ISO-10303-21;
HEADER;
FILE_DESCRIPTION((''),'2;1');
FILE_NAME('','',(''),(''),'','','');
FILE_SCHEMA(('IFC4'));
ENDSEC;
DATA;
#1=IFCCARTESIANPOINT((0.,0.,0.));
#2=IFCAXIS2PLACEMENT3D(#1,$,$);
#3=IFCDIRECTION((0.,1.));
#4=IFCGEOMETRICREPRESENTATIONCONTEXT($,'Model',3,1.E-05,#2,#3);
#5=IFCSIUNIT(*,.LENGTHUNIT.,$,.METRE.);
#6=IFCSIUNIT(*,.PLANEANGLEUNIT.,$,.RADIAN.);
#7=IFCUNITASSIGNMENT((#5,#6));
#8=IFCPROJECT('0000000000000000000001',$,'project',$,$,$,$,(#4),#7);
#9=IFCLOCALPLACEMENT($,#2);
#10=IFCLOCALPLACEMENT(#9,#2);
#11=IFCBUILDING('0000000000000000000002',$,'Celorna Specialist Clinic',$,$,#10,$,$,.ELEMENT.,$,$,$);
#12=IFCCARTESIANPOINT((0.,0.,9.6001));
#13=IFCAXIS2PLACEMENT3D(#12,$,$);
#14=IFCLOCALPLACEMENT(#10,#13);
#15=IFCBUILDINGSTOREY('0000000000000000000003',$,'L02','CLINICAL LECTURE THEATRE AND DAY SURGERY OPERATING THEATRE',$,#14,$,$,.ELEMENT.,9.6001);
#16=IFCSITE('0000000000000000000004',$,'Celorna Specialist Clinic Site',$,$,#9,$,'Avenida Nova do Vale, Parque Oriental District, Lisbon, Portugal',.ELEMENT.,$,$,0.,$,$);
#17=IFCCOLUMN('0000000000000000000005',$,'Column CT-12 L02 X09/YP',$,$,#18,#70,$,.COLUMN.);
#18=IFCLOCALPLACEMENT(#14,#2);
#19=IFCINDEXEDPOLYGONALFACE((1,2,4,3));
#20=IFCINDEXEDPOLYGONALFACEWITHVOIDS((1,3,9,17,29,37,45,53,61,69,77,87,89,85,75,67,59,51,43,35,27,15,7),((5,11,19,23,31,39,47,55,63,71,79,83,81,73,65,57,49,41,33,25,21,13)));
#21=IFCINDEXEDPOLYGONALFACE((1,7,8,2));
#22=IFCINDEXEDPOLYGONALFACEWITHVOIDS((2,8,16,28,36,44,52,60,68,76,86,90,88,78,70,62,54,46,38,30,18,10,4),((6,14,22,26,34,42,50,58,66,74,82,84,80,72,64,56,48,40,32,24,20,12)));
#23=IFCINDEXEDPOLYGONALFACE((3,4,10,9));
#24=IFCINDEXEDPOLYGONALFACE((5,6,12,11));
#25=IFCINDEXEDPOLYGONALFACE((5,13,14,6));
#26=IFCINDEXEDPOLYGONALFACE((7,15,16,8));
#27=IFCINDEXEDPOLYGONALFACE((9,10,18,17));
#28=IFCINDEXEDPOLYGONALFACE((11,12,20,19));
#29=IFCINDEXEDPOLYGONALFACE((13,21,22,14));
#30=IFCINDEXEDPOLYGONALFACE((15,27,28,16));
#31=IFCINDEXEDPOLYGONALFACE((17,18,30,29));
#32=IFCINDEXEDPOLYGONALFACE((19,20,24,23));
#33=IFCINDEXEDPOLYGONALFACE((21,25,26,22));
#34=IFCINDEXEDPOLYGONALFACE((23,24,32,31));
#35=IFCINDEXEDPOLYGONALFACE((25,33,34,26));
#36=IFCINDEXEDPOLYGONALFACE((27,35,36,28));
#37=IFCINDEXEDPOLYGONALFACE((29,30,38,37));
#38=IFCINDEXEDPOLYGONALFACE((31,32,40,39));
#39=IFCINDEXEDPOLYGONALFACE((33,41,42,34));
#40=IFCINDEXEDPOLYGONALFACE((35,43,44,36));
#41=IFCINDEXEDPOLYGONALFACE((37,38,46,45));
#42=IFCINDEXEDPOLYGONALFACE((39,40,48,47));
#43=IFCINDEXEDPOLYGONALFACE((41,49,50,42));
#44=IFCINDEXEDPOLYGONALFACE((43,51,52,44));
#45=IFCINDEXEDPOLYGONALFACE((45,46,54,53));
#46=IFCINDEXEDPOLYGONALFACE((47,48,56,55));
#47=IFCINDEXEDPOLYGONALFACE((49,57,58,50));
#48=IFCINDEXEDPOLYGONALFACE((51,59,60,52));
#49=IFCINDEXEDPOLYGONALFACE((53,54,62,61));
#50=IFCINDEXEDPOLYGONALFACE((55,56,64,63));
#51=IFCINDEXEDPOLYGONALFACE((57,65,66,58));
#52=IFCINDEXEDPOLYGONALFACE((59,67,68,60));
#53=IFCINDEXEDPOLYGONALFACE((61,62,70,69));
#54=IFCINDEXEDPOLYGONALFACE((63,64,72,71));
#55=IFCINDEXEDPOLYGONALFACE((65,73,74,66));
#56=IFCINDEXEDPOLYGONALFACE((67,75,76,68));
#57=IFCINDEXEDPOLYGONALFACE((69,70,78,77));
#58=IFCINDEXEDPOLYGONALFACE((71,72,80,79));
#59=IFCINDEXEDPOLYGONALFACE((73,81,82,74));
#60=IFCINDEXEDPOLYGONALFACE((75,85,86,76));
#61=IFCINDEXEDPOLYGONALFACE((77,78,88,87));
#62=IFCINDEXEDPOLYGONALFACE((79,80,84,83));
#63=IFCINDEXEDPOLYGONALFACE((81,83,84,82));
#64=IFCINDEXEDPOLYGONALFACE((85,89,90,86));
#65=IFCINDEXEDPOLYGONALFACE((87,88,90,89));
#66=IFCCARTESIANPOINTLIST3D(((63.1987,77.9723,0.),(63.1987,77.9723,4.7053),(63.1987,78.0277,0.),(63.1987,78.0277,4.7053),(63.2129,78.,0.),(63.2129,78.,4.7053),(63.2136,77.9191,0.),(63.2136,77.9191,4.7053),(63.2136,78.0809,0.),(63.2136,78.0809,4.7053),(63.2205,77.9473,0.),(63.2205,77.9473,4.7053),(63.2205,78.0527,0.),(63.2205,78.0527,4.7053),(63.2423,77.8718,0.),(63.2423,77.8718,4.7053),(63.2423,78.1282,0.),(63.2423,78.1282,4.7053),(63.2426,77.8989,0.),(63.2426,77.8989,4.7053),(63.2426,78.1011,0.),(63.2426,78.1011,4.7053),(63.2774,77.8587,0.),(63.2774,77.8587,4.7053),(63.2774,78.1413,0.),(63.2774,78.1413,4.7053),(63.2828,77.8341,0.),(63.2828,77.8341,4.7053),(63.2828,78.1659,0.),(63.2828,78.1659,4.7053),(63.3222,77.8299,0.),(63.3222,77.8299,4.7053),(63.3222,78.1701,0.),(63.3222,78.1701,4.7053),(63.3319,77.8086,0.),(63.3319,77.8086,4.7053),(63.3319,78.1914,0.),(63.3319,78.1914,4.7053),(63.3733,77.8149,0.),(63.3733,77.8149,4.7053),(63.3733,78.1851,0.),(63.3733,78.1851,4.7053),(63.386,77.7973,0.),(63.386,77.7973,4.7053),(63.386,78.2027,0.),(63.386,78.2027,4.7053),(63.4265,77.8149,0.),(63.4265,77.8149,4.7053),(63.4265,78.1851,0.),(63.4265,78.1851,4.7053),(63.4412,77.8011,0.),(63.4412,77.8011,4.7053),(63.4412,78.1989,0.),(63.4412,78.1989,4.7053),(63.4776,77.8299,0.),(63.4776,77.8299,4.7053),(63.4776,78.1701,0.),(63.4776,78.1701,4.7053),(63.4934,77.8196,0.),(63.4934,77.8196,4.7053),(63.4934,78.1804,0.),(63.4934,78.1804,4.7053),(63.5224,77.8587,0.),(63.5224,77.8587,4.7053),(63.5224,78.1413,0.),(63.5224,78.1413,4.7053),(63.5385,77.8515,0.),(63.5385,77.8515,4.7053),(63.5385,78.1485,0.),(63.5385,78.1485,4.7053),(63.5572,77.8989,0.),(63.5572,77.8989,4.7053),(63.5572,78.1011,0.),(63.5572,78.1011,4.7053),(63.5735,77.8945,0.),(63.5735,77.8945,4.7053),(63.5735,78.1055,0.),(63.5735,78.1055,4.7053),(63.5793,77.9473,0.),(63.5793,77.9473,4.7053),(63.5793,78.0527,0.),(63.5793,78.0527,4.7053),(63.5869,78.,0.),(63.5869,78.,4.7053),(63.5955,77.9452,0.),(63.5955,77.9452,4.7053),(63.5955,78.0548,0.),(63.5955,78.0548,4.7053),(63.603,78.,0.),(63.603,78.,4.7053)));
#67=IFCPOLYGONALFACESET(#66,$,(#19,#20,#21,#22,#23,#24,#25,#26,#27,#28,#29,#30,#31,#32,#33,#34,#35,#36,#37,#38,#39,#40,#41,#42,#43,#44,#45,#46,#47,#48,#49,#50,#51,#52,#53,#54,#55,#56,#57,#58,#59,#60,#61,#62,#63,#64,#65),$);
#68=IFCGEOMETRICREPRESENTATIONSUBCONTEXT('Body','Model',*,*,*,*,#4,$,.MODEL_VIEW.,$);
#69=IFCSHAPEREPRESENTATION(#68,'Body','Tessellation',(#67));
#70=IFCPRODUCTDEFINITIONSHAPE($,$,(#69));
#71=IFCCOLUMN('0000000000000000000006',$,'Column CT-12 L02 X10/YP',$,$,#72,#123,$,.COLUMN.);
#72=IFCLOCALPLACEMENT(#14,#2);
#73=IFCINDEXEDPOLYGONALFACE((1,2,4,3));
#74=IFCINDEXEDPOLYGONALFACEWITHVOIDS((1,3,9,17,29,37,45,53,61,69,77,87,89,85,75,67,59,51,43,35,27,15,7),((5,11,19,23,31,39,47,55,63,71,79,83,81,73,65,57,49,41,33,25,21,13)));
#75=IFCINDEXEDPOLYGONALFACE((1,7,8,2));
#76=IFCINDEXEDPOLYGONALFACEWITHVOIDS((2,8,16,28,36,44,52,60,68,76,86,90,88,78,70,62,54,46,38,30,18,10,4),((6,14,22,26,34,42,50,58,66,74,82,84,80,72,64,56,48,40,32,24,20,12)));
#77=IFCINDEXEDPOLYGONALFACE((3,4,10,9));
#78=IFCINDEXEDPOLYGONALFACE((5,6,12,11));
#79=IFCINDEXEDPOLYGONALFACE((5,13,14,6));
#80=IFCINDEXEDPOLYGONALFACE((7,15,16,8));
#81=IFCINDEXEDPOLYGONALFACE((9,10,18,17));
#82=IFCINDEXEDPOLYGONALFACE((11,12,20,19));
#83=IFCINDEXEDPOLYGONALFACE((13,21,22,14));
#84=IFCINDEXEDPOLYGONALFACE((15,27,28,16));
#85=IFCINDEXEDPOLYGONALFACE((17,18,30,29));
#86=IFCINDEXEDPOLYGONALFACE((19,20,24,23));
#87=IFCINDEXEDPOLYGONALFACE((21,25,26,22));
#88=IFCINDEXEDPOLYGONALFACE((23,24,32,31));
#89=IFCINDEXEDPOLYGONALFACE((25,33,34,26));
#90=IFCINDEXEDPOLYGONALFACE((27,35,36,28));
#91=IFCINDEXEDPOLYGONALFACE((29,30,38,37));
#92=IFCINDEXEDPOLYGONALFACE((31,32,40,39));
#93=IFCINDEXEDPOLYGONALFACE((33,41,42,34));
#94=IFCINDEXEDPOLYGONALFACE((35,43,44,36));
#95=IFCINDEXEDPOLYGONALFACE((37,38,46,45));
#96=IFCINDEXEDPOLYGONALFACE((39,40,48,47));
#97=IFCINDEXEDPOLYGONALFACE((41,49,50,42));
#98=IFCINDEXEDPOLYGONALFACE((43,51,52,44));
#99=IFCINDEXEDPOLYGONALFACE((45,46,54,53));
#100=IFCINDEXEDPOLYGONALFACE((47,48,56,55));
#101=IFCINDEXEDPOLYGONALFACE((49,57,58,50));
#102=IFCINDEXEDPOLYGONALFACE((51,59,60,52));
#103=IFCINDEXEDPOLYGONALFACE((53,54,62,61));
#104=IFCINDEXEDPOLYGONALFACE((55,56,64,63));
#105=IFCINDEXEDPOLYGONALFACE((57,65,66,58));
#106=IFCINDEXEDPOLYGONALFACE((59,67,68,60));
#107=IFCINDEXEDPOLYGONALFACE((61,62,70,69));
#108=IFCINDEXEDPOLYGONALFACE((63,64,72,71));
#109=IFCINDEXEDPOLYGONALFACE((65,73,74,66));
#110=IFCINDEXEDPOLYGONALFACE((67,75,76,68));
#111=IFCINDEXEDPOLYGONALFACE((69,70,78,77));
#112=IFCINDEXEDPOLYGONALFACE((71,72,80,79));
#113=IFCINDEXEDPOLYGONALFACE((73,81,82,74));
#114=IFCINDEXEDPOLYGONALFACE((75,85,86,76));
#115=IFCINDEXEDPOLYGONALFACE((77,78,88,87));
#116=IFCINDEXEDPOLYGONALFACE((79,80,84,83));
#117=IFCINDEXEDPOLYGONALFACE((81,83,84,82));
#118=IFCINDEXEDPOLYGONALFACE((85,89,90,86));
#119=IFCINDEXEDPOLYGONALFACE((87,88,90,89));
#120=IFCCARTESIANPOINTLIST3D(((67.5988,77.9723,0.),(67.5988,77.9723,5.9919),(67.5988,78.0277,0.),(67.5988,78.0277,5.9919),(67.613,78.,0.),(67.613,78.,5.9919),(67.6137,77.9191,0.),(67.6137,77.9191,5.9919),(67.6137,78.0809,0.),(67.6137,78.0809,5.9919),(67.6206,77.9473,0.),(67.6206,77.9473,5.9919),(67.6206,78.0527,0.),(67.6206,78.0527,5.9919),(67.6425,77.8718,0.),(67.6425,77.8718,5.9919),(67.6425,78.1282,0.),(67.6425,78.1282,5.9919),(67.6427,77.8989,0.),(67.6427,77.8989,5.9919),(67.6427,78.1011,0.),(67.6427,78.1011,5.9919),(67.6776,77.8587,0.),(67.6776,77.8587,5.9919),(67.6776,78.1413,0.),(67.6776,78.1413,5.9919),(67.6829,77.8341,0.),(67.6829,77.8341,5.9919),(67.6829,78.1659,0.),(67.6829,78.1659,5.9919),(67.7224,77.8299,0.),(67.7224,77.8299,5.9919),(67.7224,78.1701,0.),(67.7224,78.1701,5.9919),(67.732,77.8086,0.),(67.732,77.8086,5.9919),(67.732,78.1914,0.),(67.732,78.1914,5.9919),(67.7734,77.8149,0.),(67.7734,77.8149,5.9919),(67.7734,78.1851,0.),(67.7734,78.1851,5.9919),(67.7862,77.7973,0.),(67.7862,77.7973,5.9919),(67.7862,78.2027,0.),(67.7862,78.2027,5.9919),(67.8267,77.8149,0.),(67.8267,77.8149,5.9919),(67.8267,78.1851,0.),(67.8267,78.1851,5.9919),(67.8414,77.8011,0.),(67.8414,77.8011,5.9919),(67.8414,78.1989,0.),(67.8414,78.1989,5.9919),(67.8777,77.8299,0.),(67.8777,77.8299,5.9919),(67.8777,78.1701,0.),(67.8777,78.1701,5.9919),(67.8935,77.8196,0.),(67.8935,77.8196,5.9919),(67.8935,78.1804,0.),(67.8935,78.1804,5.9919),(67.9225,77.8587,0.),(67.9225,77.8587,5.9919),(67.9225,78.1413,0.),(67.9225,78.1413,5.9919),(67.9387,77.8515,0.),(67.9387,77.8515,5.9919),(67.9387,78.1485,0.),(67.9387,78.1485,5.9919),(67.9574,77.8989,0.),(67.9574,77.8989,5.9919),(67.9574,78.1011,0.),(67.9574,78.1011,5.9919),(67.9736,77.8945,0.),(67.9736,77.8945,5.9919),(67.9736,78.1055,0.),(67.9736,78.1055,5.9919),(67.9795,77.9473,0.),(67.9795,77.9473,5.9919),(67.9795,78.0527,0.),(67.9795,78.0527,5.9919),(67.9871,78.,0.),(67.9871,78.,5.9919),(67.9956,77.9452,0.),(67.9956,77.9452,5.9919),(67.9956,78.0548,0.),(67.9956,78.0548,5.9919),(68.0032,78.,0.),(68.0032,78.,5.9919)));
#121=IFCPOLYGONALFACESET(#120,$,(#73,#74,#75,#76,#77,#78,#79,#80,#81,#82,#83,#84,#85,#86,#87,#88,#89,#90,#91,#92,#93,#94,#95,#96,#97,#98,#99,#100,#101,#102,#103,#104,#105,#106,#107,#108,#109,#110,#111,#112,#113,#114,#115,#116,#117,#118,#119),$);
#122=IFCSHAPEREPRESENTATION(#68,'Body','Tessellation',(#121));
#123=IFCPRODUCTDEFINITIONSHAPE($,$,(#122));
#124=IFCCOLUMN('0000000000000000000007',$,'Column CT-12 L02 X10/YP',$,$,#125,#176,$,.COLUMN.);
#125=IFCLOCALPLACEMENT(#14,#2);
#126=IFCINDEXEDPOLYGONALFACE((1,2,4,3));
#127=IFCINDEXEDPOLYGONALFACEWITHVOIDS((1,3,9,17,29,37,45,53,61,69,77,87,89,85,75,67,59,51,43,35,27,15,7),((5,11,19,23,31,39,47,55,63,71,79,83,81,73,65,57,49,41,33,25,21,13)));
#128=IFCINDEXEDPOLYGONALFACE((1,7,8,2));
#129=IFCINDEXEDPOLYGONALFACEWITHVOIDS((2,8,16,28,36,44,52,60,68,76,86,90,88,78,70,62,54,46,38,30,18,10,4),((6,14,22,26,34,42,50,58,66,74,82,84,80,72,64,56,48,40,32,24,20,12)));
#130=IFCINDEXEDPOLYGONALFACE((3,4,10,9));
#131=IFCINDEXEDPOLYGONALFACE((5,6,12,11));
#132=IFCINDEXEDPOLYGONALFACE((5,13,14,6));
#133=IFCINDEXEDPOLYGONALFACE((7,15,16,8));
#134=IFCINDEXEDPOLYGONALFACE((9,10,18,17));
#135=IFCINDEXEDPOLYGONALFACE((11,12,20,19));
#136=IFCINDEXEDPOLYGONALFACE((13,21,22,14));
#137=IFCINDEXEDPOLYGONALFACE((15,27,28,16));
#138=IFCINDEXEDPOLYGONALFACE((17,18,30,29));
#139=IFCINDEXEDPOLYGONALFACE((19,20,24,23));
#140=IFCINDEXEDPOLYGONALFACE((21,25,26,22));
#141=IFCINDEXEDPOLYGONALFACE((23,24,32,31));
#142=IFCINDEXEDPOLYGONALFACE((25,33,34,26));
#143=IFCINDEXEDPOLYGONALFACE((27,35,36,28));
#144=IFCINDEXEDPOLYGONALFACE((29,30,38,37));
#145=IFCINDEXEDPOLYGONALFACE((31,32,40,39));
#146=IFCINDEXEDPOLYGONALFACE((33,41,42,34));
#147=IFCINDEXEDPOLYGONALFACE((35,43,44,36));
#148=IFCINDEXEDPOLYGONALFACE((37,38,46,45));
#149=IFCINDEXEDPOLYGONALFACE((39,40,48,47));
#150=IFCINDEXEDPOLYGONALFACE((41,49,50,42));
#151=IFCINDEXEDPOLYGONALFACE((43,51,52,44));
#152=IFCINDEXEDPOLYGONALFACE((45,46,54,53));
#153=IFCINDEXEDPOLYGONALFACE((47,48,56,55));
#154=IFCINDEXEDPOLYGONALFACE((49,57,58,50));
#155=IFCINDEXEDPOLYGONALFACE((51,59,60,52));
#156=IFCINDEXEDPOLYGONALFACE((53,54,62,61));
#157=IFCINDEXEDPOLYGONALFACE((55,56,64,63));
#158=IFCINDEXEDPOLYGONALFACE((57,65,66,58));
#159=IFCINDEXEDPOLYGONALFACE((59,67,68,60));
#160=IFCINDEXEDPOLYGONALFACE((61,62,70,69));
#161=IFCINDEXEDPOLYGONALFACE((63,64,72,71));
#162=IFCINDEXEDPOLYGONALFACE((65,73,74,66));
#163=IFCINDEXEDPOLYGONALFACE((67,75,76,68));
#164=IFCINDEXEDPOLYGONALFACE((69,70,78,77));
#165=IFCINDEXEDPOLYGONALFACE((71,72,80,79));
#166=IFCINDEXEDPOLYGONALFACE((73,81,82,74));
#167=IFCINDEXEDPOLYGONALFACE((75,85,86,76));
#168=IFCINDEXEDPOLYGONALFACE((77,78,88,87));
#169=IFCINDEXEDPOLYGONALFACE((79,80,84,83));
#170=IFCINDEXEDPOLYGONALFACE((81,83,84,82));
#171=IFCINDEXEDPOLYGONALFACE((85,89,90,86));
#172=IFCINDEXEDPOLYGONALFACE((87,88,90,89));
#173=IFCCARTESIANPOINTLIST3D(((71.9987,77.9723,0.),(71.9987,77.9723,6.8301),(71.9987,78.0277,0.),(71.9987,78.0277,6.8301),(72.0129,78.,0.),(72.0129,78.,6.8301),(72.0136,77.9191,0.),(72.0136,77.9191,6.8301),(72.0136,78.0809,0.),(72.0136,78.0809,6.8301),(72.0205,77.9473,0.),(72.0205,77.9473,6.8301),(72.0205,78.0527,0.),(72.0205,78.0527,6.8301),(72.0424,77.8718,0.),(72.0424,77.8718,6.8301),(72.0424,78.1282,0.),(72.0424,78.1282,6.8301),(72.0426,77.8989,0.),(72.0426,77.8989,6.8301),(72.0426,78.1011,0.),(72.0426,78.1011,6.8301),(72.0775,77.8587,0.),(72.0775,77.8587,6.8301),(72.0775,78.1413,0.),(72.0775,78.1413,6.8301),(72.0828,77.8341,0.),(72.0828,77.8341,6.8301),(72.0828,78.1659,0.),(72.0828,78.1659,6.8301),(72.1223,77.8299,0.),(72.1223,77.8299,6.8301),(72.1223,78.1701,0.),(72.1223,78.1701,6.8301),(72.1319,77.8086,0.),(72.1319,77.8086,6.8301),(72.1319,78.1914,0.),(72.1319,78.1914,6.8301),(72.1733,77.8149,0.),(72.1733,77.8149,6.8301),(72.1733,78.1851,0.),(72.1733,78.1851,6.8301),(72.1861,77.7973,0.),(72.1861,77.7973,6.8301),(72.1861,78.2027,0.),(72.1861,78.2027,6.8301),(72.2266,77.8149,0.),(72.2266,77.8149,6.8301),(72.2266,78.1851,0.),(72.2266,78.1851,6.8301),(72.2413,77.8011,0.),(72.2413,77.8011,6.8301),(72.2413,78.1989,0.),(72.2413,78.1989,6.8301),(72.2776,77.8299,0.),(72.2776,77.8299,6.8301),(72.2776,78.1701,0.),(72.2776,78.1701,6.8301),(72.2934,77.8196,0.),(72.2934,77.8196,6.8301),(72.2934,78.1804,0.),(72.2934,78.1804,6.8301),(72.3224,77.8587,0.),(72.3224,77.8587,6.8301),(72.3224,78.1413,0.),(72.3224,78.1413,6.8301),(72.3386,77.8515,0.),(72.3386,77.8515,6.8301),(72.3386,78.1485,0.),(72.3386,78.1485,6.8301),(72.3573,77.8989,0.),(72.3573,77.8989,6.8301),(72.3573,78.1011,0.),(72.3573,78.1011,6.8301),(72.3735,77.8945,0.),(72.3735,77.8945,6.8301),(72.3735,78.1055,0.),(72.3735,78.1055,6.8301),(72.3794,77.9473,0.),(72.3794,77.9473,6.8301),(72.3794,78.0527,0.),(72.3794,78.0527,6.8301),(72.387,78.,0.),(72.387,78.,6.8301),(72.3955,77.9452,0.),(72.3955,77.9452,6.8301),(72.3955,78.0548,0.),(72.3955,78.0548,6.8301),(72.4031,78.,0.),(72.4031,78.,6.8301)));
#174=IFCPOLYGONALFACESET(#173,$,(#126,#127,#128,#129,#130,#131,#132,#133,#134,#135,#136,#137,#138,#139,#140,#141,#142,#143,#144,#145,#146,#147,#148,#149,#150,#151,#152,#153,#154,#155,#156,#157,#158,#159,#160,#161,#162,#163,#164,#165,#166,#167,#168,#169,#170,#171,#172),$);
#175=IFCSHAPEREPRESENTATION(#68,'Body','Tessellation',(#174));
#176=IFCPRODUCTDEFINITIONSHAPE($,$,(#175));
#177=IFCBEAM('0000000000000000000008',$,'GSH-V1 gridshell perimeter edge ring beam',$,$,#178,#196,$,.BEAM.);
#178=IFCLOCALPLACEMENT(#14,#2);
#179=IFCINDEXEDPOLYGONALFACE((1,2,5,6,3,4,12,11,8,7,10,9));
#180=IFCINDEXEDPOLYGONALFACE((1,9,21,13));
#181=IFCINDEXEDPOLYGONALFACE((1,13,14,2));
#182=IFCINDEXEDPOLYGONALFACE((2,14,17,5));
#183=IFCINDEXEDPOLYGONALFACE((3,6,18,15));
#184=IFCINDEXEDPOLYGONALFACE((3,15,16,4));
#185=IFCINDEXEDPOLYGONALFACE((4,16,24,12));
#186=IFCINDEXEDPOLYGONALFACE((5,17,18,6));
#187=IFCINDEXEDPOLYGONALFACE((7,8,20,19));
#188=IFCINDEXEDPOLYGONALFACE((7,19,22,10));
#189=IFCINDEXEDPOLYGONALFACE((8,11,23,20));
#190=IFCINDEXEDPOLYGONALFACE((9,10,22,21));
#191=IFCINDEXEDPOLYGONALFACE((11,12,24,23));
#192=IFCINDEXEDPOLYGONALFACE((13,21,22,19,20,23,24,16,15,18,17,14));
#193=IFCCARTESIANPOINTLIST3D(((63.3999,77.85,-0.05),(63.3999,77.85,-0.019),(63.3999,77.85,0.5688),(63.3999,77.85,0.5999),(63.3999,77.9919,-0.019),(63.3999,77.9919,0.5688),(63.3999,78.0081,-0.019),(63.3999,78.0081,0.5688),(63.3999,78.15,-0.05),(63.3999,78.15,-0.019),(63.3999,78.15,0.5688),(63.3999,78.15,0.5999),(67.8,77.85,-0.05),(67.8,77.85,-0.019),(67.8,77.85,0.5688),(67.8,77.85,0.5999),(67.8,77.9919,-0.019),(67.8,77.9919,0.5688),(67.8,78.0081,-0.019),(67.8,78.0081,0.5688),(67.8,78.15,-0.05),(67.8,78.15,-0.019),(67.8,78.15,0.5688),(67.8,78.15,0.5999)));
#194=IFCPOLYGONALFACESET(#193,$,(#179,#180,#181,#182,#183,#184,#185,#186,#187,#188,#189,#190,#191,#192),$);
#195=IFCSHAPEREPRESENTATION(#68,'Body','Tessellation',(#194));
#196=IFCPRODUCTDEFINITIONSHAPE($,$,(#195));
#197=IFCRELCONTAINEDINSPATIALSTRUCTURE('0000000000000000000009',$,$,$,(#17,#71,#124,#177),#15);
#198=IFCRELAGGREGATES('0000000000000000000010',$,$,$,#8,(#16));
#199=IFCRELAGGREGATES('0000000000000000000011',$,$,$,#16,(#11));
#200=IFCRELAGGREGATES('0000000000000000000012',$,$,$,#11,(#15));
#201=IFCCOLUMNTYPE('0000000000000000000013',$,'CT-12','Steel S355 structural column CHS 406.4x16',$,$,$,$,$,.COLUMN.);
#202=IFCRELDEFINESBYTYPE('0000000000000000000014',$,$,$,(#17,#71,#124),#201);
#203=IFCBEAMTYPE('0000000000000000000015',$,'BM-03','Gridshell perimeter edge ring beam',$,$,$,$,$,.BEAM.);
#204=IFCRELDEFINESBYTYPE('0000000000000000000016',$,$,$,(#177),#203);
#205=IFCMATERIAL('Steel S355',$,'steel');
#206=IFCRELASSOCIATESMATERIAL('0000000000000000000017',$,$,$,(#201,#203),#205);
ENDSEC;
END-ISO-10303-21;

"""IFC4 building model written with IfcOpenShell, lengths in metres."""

from ifc_helpers import new_model, si_unit, direction, frame, origin, origin_2d, place, context, subcontext, project, spatial, hollow_circle, i_section, extrude, material, material_profile, profile_set, type_object, element, save


model = new_model("IFC4")

# Units and contexts
model_context = context("Model", 3, precision=1e-05, world=origin(), true_north=direction((0.0, 1.0)))
body_context = subcontext(model_context, "Body", "Model", "MODEL_VIEW")
ifc_project = project(units=[si_unit("LENGTHUNIT", "METRE"), si_unit("PLANEANGLEUNIT", "RADIAN")], contexts=[model_context])

# Site, building, storey
site_placement = place(None, origin())
site = spatial("IfcSite", under=ifc_project, at=site_placement, Name="Celorna Specialist Clinic Site", LongName="Avenida Nova do Vale, Parque Oriental District, Lisbon, Portugal", CompositionType="ELEMENT", RefElevation=0.0)
building_placement = place(site_placement, origin())
building = spatial("IfcBuilding", under=site, at=building_placement, Name="Celorna Specialist Clinic", CompositionType="ELEMENT")
storey_placement = place(building_placement, frame((0.0, 0.0, 9.6001)))
storey = spatial("IfcBuildingStorey", under=building, at=storey_placement, Name="L02", Description="CLINICAL LECTURE THEATRE AND DAY SURGERY OPERATING THEATRE", CompositionType="ELEMENT", Elevation=9.6001)

# Columns
ifc_material_1 = material(Name="Steel S355", Category="steel")
ifc_material_profile_1 = material_profile(ifc_material_1, hollow_circle(Radius=0.2031, WallThickness=0.0161, at=origin_2d()), Name="CHS 406.4x16")
ifc_profile_set_1 = profile_set([ifc_material_profile_1], Name="Steel S355")
column_type = type_object("IfcColumnType", Name="CT-12", Description="Steel S355 structural column CHS 406.4x16", PredefinedType="COLUMN", material=ifc_profile_set_1)
column_1_placement = place(storey_placement, frame((63.3999, 78.0, 0.0), z_axis=(0.0, 0.0, 1.0), x_axis=(1.0, 0.0, 0.0)))
element("IfcColumn", 1, at=column_1_placement, inside=storey, type_object=column_type, Name="Column CT-12 L02 X09/YP", PredefinedType="COLUMN", context=body_context, shape_type="SweptSolid", body=[
    extrude(hollow_circle(Radius=0.2031, WallThickness=0.0161, at=origin_2d()), origin(), (0.0, 0.0, 1.0), 4.7053),
])
column_2_placement = place(storey_placement, frame((67.8, 78.0, 0.0), z_axis=(0.0, 0.0, 1.0), x_axis=(1.0, 0.0, 0.0)))
element("IfcColumn", 2, at=column_2_placement, inside=storey, type_object=column_type, Name="Column CT-12 L02 X10/YP", PredefinedType="COLUMN", context=body_context, shape_type="SweptSolid", body=[
    extrude(hollow_circle(Radius=0.2031, WallThickness=0.0161, at=origin_2d()), origin(), (0.0, 0.0, 1.0), 5.9919),
])
column_3_placement = place(storey_placement, frame((72.2, 78.0, 0.0), z_axis=(0.0, 0.0, 1.0), x_axis=(1.0, 0.0, 0.0)))
element("IfcColumn", 3, at=column_3_placement, inside=storey, type_object=column_type, Name="Column CT-12 L02 X10/YP", PredefinedType="COLUMN", context=body_context, shape_type="SweptSolid", body=[
    extrude(hollow_circle(Radius=0.2031, WallThickness=0.0161, at=origin_2d()), origin(), (0.0, 0.0, 1.0), 6.8301),
])

# Beam
ifc_material_profile_2 = material_profile(ifc_material_1, i_section(OverallWidth=0.3, OverallDepth=0.6499, WebThickness=0.0161, FlangeThickness=0.031, at=origin_2d()), Name="HE 650 B")
ifc_profile_set_2 = profile_set([ifc_material_profile_2], Name="Steel S355")
beam_type = type_object("IfcBeamType", Name="BM-03", Description="Gridshell perimeter edge ring beam", PredefinedType="BEAM", material=ifc_profile_set_2)
beam_1_placement = place(storey_placement, frame((63.3999, 78.0, 0.2749), z_axis=(1.0, 0.0, 0.0), x_axis=(0.0, 1.0, 0.0)))
element("IfcBeam", 4, at=beam_1_placement, inside=storey, type_object=beam_type, Name="GSH-V1 gridshell perimeter edge ring beam", PredefinedType="BEAM", context=body_context, shape_type="SweptSolid", body=[
    extrude(i_section(OverallWidth=0.3, OverallDepth=0.6499, WebThickness=0.0161, FlangeThickness=0.031, at=origin_2d()), origin(), (0.0, 0.0, 1.0), 4.4001),
])

save(model, "model.ifc")
